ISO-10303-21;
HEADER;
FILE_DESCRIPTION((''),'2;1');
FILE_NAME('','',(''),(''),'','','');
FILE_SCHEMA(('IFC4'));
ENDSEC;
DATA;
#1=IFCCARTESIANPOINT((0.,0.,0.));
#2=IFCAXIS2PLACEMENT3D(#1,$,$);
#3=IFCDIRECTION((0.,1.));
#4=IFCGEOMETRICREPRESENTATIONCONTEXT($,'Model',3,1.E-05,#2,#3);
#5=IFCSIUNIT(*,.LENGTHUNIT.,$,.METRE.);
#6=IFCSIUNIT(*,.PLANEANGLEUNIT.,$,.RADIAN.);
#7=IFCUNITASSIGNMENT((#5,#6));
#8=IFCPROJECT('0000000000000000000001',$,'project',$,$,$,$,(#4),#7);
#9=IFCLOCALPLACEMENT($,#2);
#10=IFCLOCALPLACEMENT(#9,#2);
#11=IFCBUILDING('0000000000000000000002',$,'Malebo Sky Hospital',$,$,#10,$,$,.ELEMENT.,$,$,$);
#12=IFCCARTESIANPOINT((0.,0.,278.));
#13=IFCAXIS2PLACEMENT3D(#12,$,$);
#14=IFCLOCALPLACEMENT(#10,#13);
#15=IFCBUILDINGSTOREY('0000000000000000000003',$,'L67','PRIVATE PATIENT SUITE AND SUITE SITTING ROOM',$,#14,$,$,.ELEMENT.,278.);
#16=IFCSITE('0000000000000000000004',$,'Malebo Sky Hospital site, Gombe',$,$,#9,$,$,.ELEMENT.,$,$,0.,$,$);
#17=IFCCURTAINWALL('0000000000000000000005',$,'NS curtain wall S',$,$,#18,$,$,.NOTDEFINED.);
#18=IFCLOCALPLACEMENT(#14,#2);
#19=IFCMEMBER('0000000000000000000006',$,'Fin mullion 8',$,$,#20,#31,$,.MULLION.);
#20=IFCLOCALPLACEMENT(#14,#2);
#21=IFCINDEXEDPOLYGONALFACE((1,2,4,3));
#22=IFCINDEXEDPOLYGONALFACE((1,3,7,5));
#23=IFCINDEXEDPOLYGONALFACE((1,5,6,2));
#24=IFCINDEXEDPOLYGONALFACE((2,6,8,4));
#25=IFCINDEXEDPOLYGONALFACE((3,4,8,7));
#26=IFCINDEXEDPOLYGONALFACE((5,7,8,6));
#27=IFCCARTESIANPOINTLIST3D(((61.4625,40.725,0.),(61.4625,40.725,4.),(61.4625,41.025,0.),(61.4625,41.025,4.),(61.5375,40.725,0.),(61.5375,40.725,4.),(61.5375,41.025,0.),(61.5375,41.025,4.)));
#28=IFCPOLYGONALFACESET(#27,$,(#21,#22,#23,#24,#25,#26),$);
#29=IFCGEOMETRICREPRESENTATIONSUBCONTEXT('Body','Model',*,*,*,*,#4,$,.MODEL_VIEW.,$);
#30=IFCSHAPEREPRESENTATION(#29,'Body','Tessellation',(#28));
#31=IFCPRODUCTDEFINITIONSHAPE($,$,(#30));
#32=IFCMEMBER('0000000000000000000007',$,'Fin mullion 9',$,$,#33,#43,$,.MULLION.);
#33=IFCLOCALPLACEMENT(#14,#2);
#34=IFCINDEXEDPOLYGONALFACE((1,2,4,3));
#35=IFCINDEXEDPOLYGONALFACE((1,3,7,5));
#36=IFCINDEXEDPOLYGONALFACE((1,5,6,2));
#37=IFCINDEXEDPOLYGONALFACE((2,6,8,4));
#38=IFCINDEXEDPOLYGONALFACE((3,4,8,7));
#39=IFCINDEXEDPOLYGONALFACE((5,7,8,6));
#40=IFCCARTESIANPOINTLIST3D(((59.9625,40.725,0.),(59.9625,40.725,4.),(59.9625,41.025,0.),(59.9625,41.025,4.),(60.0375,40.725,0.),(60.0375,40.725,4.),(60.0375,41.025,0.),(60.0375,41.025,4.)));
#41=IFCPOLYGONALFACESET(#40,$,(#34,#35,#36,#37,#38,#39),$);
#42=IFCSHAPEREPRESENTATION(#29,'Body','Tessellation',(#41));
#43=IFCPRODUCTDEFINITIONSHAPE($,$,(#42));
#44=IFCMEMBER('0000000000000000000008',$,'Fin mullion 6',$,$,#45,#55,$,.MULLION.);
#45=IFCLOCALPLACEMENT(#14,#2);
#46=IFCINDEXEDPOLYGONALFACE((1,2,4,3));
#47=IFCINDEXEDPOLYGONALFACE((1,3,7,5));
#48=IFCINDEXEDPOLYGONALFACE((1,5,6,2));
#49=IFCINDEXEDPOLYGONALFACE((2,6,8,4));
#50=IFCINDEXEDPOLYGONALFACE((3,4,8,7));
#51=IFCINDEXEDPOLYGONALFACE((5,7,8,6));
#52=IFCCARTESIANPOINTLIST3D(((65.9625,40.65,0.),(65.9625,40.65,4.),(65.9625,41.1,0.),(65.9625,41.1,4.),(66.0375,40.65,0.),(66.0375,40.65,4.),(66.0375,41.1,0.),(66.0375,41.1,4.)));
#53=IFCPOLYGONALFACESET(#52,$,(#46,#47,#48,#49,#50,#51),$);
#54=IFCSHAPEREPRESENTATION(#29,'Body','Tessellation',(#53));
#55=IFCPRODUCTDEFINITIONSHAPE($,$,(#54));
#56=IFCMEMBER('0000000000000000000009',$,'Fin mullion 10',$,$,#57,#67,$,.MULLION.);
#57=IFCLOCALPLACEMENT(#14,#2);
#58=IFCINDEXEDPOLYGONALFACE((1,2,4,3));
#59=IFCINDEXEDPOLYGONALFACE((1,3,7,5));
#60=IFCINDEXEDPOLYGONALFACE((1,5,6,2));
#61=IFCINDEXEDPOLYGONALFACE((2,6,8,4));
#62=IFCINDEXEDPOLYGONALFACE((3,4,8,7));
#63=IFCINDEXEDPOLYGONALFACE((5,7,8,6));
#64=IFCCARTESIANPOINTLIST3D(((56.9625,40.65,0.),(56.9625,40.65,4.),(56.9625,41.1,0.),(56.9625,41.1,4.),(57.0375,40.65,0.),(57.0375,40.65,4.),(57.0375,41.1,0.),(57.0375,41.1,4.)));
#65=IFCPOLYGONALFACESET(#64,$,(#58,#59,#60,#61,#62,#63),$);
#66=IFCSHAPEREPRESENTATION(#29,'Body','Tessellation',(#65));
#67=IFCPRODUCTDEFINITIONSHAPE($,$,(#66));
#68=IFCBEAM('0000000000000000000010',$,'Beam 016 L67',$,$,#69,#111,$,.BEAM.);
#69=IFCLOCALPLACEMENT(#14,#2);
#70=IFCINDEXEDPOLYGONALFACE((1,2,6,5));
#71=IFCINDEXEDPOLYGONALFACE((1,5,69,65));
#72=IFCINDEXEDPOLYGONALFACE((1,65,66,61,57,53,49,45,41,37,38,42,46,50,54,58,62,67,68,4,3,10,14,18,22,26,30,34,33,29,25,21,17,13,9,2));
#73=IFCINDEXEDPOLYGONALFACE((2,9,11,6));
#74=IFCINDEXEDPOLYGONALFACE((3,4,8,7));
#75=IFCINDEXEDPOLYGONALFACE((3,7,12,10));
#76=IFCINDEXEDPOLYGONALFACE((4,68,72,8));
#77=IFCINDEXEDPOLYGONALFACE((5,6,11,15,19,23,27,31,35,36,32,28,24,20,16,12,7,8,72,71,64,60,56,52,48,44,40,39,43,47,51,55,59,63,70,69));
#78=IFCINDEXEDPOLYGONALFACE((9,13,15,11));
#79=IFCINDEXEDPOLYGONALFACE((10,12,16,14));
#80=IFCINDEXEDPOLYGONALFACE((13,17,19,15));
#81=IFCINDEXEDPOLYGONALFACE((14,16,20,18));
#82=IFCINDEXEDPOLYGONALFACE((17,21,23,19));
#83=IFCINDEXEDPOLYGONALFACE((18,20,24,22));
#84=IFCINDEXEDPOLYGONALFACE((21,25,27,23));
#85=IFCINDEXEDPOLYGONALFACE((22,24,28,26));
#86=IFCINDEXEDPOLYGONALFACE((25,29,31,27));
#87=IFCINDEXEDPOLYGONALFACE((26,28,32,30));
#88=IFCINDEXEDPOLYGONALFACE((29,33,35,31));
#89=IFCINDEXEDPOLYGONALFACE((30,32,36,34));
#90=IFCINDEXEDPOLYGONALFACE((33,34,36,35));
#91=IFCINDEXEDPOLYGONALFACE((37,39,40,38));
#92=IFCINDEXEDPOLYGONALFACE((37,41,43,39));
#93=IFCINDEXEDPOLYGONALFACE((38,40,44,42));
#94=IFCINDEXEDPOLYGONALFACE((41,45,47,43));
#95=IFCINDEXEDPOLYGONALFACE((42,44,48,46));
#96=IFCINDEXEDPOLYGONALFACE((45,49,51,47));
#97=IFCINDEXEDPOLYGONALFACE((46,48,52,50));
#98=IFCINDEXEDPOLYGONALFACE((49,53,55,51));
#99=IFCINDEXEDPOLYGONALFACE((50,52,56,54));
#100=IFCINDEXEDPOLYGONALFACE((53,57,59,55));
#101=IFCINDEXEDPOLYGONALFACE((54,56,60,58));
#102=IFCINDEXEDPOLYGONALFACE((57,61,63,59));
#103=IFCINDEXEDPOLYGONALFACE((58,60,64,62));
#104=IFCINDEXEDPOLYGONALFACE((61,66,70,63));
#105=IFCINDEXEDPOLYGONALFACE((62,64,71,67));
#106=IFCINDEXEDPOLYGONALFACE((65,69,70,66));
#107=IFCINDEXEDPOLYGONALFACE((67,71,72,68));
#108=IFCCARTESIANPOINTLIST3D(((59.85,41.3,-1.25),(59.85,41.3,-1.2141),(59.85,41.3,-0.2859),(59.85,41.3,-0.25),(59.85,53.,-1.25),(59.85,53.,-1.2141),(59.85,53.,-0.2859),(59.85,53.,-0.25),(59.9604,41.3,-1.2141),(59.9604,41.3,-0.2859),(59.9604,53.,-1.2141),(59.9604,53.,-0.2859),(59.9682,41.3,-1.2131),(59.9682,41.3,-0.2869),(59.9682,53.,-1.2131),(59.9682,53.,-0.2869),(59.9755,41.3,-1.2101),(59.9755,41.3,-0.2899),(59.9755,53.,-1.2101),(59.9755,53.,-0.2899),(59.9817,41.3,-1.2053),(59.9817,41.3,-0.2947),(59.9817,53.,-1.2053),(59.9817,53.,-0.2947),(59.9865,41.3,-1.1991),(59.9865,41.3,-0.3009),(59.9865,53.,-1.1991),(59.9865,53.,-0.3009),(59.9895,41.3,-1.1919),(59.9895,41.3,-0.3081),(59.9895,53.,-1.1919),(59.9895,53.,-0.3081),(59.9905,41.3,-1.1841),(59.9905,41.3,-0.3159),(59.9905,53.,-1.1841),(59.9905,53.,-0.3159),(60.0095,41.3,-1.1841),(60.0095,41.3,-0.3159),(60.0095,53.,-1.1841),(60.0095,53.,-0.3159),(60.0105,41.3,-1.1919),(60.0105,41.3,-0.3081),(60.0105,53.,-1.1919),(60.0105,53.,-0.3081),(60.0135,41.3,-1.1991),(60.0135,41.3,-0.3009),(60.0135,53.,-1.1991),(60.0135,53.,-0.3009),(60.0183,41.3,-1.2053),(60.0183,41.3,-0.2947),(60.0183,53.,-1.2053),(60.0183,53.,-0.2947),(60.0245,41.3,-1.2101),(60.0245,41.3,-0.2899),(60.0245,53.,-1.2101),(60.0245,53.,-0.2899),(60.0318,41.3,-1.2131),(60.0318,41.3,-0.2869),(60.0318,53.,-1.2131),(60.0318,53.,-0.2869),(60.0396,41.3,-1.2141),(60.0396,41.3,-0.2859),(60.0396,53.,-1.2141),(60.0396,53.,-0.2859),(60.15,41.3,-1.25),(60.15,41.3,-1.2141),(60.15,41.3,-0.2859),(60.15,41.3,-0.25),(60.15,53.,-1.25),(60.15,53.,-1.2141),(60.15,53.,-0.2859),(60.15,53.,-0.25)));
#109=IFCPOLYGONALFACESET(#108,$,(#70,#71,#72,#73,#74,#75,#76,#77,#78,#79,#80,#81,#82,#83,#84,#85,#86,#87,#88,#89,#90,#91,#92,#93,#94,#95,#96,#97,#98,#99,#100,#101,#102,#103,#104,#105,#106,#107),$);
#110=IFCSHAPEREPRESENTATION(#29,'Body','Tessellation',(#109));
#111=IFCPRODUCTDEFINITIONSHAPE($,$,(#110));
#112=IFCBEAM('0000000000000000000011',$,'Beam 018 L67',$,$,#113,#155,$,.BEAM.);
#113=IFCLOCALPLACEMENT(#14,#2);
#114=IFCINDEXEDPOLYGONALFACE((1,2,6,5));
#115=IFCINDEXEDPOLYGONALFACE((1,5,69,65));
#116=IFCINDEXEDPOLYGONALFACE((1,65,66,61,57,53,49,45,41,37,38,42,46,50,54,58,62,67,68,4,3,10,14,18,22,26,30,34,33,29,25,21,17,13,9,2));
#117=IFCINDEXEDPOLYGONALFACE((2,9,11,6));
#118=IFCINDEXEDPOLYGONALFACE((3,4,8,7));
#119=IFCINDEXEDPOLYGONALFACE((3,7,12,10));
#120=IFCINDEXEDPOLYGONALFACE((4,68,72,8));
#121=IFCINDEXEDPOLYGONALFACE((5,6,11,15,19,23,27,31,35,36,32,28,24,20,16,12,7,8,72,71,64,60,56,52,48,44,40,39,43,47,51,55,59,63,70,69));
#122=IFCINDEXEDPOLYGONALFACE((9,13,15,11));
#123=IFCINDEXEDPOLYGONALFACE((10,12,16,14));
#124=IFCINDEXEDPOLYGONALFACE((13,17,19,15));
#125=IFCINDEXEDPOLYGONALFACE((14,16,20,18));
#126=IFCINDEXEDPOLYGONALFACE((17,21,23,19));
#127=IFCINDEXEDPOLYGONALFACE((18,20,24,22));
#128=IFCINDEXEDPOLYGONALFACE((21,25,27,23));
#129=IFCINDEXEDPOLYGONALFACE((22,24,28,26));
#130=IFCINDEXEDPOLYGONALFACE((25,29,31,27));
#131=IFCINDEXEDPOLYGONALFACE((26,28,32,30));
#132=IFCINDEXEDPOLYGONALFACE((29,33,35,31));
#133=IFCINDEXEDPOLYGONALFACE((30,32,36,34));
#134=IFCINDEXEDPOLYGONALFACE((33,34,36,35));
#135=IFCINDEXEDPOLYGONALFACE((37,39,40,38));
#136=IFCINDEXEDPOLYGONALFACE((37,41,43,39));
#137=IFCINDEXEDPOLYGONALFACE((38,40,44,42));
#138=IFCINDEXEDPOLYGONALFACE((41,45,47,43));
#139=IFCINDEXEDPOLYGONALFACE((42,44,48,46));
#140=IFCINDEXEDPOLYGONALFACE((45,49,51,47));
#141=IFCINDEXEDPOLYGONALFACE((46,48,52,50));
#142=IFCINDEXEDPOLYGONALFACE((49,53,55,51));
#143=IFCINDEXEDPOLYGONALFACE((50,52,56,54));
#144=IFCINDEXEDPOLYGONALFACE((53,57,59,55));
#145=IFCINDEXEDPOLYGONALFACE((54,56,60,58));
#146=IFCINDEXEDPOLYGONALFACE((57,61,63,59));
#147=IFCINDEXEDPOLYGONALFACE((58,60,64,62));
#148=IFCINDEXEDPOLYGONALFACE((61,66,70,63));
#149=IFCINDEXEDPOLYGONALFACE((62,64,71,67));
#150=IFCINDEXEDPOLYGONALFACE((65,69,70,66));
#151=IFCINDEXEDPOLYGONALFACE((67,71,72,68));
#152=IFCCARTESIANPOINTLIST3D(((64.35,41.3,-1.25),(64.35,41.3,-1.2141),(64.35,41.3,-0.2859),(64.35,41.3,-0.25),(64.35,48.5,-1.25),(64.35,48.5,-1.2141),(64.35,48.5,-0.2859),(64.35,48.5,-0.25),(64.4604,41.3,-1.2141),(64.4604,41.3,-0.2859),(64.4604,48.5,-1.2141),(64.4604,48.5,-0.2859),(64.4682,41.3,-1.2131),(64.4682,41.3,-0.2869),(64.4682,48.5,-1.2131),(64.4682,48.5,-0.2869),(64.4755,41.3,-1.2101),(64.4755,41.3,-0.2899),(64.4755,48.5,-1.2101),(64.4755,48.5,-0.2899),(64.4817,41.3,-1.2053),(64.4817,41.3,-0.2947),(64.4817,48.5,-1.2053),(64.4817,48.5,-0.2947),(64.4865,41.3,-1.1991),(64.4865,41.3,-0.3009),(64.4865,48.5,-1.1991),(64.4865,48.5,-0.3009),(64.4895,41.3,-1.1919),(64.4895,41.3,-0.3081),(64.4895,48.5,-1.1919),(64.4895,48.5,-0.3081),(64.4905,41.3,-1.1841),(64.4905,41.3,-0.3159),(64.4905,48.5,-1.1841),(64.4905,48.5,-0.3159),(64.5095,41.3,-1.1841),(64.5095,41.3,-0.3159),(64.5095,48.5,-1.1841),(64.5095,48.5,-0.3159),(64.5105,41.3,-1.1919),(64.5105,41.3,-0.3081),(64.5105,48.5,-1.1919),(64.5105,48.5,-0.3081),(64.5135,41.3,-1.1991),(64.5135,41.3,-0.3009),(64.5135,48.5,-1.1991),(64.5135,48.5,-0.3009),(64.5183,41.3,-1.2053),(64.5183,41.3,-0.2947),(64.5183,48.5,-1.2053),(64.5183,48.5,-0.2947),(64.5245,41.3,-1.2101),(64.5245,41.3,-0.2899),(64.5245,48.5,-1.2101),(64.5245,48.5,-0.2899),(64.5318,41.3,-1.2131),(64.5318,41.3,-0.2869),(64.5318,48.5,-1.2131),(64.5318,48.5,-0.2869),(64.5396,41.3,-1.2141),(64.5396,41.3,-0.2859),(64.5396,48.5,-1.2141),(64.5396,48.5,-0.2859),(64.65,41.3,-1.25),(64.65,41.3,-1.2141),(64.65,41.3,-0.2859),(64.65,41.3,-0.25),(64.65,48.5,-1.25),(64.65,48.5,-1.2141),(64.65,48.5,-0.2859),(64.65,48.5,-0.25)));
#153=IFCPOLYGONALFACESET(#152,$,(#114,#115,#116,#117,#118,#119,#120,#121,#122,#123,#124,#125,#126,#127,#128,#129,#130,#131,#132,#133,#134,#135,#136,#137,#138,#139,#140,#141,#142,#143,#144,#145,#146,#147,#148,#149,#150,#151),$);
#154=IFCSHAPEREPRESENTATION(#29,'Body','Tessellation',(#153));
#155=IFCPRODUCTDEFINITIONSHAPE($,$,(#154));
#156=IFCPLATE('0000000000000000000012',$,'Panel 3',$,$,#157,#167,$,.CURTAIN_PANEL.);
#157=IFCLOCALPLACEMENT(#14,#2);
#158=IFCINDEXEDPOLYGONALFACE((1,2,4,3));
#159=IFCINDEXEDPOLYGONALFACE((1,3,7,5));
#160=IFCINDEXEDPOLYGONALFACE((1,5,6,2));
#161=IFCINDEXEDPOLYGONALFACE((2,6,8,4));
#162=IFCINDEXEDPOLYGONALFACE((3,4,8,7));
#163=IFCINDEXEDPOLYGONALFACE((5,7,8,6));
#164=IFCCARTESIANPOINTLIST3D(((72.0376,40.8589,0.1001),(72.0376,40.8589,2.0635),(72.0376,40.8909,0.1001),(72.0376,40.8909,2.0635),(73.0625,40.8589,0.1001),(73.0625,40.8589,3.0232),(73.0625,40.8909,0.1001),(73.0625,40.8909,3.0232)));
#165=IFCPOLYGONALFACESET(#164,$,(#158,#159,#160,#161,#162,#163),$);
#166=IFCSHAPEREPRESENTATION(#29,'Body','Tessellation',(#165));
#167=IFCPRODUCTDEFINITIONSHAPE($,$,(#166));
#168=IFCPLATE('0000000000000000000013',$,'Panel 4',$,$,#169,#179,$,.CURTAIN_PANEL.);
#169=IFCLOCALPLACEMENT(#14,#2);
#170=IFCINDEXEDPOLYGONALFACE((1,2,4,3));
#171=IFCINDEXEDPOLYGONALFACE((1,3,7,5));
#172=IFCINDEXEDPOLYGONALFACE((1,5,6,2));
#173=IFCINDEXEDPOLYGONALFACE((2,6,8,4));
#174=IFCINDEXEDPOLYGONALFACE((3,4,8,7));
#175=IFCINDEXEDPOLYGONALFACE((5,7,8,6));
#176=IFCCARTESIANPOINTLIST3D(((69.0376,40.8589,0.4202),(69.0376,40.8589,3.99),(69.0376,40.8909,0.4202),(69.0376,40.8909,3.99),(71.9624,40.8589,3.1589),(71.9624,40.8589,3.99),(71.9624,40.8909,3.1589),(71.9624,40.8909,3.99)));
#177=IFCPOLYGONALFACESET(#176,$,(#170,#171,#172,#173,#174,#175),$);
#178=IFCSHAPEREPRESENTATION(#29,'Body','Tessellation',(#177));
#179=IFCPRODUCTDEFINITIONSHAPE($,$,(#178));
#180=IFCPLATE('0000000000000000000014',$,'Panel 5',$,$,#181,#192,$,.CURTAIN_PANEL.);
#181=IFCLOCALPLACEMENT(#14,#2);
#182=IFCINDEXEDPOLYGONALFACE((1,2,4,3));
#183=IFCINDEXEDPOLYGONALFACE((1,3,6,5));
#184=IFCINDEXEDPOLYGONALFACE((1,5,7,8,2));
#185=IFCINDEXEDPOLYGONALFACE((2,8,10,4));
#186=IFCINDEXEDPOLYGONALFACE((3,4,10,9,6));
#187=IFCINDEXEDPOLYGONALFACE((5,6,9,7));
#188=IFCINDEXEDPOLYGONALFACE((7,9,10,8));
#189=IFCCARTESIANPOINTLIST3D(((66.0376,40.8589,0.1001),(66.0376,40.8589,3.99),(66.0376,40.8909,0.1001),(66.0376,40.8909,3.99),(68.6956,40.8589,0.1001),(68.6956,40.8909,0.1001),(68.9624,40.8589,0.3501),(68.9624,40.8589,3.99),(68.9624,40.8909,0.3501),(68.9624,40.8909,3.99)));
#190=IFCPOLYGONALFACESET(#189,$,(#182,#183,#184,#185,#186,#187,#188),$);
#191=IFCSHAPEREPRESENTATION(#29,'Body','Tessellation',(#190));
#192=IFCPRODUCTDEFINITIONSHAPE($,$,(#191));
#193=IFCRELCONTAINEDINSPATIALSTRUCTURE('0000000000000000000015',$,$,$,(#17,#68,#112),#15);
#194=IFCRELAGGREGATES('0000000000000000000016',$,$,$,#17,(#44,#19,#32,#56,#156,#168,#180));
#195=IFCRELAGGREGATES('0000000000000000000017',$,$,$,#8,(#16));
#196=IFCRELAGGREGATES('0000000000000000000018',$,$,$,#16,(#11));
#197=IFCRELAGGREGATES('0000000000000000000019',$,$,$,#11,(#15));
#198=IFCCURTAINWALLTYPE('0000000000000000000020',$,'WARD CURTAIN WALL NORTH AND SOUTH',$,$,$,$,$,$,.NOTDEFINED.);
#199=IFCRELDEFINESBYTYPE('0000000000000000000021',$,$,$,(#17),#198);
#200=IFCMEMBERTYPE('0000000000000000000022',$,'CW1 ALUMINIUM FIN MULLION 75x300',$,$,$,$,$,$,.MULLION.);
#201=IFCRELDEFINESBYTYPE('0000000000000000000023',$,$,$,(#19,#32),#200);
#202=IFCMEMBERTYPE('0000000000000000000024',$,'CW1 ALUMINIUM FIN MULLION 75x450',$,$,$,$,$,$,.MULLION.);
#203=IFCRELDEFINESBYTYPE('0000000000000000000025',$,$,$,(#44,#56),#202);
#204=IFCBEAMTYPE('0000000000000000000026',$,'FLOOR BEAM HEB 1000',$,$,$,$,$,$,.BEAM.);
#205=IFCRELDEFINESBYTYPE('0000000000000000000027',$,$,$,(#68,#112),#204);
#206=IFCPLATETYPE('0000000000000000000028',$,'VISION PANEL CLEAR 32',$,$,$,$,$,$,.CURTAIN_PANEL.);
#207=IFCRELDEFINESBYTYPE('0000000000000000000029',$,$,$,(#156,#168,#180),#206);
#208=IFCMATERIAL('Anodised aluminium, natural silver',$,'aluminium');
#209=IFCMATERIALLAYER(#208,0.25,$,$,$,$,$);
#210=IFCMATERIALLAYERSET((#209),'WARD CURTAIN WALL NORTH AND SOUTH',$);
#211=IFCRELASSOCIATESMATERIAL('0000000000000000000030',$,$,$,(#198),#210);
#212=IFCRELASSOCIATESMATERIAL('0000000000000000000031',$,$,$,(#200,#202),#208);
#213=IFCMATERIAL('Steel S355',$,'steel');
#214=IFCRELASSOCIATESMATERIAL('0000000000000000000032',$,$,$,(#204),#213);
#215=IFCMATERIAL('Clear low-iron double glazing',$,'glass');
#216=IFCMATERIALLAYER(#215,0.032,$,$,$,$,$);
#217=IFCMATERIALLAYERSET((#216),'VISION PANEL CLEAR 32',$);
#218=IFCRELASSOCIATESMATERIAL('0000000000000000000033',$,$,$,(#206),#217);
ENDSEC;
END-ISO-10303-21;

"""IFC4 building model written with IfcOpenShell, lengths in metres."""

from ifc_helpers import new_model, si_unit, direction, frame, origin, origin_2d, place, context, subcontext, project, spatial, polyline, rectangle, i_section, outline, extrude, material, layer, layer_set, material_profile, profile_set, type_object, element, aggregate, save


model = new_model("IFC4")

# Units and contexts
model_context = context("Model", 3, precision=1e-05, world=origin(), true_north=direction((0.0, 1.0)))
body_context = subcontext(model_context, "Body", "Model", "MODEL_VIEW")
ifc_project = project(units=[si_unit("LENGTHUNIT", "METRE"), si_unit("PLANEANGLEUNIT", "RADIAN")], contexts=[model_context])

# Site, building, storey
site_placement = place(None, origin())
site = spatial("IfcSite", under=ifc_project, at=site_placement, Name="Malebo Sky Hospital site, Gombe", CompositionType="ELEMENT", RefElevation=0.0)
building_placement = place(site_placement, origin())
building = spatial("IfcBuilding", under=site, at=building_placement, Name="Malebo Sky Hospital", CompositionType="ELEMENT")
storey_placement = place(building_placement, frame((0.0, 0.0, 278.0)))
storey = spatial("IfcBuildingStorey", under=building, at=storey_placement, Name="L67", Description="PRIVATE PATIENT SUITE AND SUITE SITTING ROOM", CompositionType="ELEMENT", Elevation=278.0)

# Curtain wall
ifc_material_1 = material(Name="Anodised aluminium, natural silver", Category="aluminium")
ifc_layer_1 = layer(ifc_material_1, 0.25)
ifc_layer_set_1 = layer_set([ifc_layer_1], Name="WARD CURTAIN WALL NORTH AND SOUTH")
curtain_wall_type = type_object("IfcCurtainWallType", Name="WARD CURTAIN WALL NORTH AND SOUTH", PredefinedType="NOTDEFINED", material=ifc_layer_set_1)
curtain_wall_placement = place(storey_placement, origin())
curtain_wall = element("IfcCurtainWall", 1, at=curtain_wall_placement, inside=storey, type_object=curtain_wall_type, Name="NS curtain wall S", PredefinedType="NOTDEFINED")

# Members
ifc_material_2 = material(Name="Steel S355", Category="steel")
ifc_material_profile_1 = material_profile(ifc_material_1, rectangle(XDim=0.075, YDim=0.3, at=origin_2d()), Name="CW1 ALUMINIUM FIN MULLION 75x300")
ifc_profile_set_1 = profile_set([ifc_material_profile_1], Name="Anodised aluminium, natural silver")
member_type_1 = type_object("IfcMemberType", Name="CW1 ALUMINIUM FIN MULLION 75x300", PredefinedType="MULLION", material=ifc_profile_set_1)
member_1_placement = place(storey_placement, frame((61.5, 40.875, 0.0), z_axis=(0.0, 0.0, 1.0), x_axis=(-1.0, 0.0, 0.0)))
member_1 = element("IfcMember", 2, at=member_1_placement, type_object=member_type_1, Name="Fin mullion 8", PredefinedType="MULLION", context=body_context, shape_type="SweptSolid", body=[
    extrude(rectangle(XDim=0.075, YDim=0.3, at=origin_2d()), origin(), (0.0, 0.0, 1.0), 4.0),
])
member_2_placement = place(storey_placement, frame((60.0, 40.875, 0.0), z_axis=(0.0, 0.0, 1.0), x_axis=(-1.0, 0.0, 0.0)))
member_2 = element("IfcMember", 3, at=member_2_placement, type_object=member_type_1, Name="Fin mullion 9", PredefinedType="MULLION", context=body_context, shape_type="SweptSolid", body=[
    extrude(rectangle(XDim=0.075, YDim=0.3, at=origin_2d()), origin(), (0.0, 0.0, 1.0), 4.0),
])
ifc_material_profile_2 = material_profile(ifc_material_1, rectangle(XDim=0.075, YDim=0.45, at=origin_2d()), Name="CW1 ALUMINIUM FIN MULLION 75x450")
ifc_profile_set_2 = profile_set([ifc_material_profile_2], Name="Anodised aluminium, natural silver")
member_type_2 = type_object("IfcMemberType", Name="CW1 ALUMINIUM FIN MULLION 75x450", PredefinedType="MULLION", material=ifc_profile_set_2)
member_3_placement = place(storey_placement, frame((66.0, 40.875, 0.0), z_axis=(0.0, 0.0, 1.0), x_axis=(-1.0, 0.0, 0.0)))
member_3 = element("IfcMember", 4, at=member_3_placement, type_object=member_type_2, Name="Fin mullion 6", PredefinedType="MULLION", context=body_context, shape_type="SweptSolid", body=[
    extrude(rectangle(XDim=0.075, YDim=0.45, at=origin_2d()), origin(), (0.0, 0.0, 1.0), 4.0),
])
member_4_placement = place(storey_placement, frame((57.0, 40.875, 0.0), z_axis=(0.0, 0.0, 1.0), x_axis=(-1.0, 0.0, 0.0)))
member_4 = element("IfcMember", 5, at=member_4_placement, type_object=member_type_2, Name="Fin mullion 10", PredefinedType="MULLION", context=body_context, shape_type="SweptSolid", body=[
    extrude(rectangle(XDim=0.075, YDim=0.45, at=origin_2d()), origin(), (0.0, 0.0, 1.0), 4.0),
])

# Beams
ifc_material_profile_3 = material_profile(ifc_material_2, i_section(OverallWidth=0.3, OverallDepth=1.0, WebThickness=0.019, FlangeThickness=0.0359, FilletRadius=0.03, at=origin_2d()), Name="HEB 1000")
ifc_profile_set_3 = profile_set([ifc_material_profile_3], Name="Steel S355")
beam_type = type_object("IfcBeamType", Name="FLOOR BEAM HEB 1000", PredefinedType="BEAM", material=ifc_profile_set_3)
beam_1_placement = place(storey_placement, frame((60.0, 41.3, -0.75), z_axis=(0.0, 1.0, 0.0), x_axis=(-1.0, 0.0, 0.0)))
element("IfcBeam", 6, at=beam_1_placement, inside=storey, type_object=beam_type, Name="Beam 016 L67", PredefinedType="BEAM", context=body_context, shape_type="SweptSolid", body=[
    extrude(i_section(OverallWidth=0.3, OverallDepth=1.0, WebThickness=0.019, FlangeThickness=0.0359, FilletRadius=0.03, at=origin_2d()), origin(), (0.0, 0.0, 1.0), 11.7),
])
beam_2_placement = place(storey_placement, frame((64.5, 41.3, -0.75), z_axis=(0.0, 1.0, 0.0), x_axis=(-1.0, 0.0, 0.0)))
element("IfcBeam", 7, at=beam_2_placement, inside=storey, type_object=beam_type, Name="Beam 018 L67", PredefinedType="BEAM", context=body_context, shape_type="SweptSolid", body=[
    extrude(i_section(OverallWidth=0.3, OverallDepth=1.0, WebThickness=0.019, FlangeThickness=0.0359, FilletRadius=0.03, at=origin_2d()), origin(), (0.0, 0.0, 1.0), 7.2),
])

# Plates
ifc_material_3 = material(Name="Clear low-iron double glazing", Category="glass")
ifc_layer_2 = layer(ifc_material_3, 0.032)
ifc_layer_set_2 = layer_set([ifc_layer_2], Name="VISION PANEL CLEAR 32")
plate_type = type_object("IfcPlateType", Name="VISION PANEL CLEAR 32", PredefinedType="CURTAIN_PANEL", material=ifc_layer_set_2)
plate_1_placement = place(storey_placement, frame((72.55, 40.875, 0.1001), z_axis=(0.0, 0.0, 1.0), x_axis=(-1.0, 0.0, 0.0)))
plate_1 = element("IfcPlate", 8, at=plate_1_placement, type_object=plate_type, Name="Panel 3", PredefinedType="CURTAIN_PANEL", context=body_context, shape_type="SweptSolid", body=[
    extrude(outline(polyline([(-0.5125, 0.0), (0.5125, 0.0), (0.5125, 1.9634), (-0.5125, 2.9231), (-0.5125, 0.0)])), frame((0.0, 0.0161, 0.0), z_axis=(0.0, -1.0, 0.0), x_axis=(1.0, 0.0, 0.0)), (0.0, 0.0, 1.0), 0.032),
])
plate_2_placement = place(storey_placement, frame((70.5, 40.875, 0.4202), z_axis=(0.0, 0.0, 1.0), x_axis=(-1.0, 0.0, 0.0)))
plate_2 = element("IfcPlate", 9, at=plate_2_placement, type_object=plate_type, Name="Panel 4", PredefinedType="CURTAIN_PANEL", context=body_context, shape_type="SweptSolid", body=[
    extrude(outline(polyline([(1.4624, 0.0), (1.4624, 3.5698), (-1.4624, 3.5698), (-1.4624, 2.7388), (1.4624, 0.0)])), frame((0.0, 0.0161, 0.0), z_axis=(0.0, -1.0, 0.0), x_axis=(1.0, 0.0, 0.0)), (0.0, 0.0, 1.0), 0.032),
])
plate_3_placement = place(storey_placement, frame((67.5, 40.875, 0.1001), z_axis=(0.0, 0.0, 1.0), x_axis=(-1.0, 0.0, 0.0)))
plate_3 = element("IfcPlate", 10, at=plate_3_placement, type_object=plate_type, Name="Panel 5", PredefinedType="CURTAIN_PANEL", context=body_context, shape_type="SweptSolid", body=[
    extrude(outline(polyline([(-1.1956, 0.0), (1.4624, 0.0), (1.4624, 3.8899), (-1.4624, 3.8899), (-1.4624, 0.25), (-1.1956, 0.0)])), frame((0.0, 0.0161, 0.0), z_axis=(0.0, -1.0, 0.0), x_axis=(1.0, 0.0, 0.0)), (0.0, 0.0, 1.0), 0.032),
])
aggregate(curtain_wall, [member_3, member_1, member_2, member_4, plate_1, plate_2, plate_3])

save(model, "model.ifc")
